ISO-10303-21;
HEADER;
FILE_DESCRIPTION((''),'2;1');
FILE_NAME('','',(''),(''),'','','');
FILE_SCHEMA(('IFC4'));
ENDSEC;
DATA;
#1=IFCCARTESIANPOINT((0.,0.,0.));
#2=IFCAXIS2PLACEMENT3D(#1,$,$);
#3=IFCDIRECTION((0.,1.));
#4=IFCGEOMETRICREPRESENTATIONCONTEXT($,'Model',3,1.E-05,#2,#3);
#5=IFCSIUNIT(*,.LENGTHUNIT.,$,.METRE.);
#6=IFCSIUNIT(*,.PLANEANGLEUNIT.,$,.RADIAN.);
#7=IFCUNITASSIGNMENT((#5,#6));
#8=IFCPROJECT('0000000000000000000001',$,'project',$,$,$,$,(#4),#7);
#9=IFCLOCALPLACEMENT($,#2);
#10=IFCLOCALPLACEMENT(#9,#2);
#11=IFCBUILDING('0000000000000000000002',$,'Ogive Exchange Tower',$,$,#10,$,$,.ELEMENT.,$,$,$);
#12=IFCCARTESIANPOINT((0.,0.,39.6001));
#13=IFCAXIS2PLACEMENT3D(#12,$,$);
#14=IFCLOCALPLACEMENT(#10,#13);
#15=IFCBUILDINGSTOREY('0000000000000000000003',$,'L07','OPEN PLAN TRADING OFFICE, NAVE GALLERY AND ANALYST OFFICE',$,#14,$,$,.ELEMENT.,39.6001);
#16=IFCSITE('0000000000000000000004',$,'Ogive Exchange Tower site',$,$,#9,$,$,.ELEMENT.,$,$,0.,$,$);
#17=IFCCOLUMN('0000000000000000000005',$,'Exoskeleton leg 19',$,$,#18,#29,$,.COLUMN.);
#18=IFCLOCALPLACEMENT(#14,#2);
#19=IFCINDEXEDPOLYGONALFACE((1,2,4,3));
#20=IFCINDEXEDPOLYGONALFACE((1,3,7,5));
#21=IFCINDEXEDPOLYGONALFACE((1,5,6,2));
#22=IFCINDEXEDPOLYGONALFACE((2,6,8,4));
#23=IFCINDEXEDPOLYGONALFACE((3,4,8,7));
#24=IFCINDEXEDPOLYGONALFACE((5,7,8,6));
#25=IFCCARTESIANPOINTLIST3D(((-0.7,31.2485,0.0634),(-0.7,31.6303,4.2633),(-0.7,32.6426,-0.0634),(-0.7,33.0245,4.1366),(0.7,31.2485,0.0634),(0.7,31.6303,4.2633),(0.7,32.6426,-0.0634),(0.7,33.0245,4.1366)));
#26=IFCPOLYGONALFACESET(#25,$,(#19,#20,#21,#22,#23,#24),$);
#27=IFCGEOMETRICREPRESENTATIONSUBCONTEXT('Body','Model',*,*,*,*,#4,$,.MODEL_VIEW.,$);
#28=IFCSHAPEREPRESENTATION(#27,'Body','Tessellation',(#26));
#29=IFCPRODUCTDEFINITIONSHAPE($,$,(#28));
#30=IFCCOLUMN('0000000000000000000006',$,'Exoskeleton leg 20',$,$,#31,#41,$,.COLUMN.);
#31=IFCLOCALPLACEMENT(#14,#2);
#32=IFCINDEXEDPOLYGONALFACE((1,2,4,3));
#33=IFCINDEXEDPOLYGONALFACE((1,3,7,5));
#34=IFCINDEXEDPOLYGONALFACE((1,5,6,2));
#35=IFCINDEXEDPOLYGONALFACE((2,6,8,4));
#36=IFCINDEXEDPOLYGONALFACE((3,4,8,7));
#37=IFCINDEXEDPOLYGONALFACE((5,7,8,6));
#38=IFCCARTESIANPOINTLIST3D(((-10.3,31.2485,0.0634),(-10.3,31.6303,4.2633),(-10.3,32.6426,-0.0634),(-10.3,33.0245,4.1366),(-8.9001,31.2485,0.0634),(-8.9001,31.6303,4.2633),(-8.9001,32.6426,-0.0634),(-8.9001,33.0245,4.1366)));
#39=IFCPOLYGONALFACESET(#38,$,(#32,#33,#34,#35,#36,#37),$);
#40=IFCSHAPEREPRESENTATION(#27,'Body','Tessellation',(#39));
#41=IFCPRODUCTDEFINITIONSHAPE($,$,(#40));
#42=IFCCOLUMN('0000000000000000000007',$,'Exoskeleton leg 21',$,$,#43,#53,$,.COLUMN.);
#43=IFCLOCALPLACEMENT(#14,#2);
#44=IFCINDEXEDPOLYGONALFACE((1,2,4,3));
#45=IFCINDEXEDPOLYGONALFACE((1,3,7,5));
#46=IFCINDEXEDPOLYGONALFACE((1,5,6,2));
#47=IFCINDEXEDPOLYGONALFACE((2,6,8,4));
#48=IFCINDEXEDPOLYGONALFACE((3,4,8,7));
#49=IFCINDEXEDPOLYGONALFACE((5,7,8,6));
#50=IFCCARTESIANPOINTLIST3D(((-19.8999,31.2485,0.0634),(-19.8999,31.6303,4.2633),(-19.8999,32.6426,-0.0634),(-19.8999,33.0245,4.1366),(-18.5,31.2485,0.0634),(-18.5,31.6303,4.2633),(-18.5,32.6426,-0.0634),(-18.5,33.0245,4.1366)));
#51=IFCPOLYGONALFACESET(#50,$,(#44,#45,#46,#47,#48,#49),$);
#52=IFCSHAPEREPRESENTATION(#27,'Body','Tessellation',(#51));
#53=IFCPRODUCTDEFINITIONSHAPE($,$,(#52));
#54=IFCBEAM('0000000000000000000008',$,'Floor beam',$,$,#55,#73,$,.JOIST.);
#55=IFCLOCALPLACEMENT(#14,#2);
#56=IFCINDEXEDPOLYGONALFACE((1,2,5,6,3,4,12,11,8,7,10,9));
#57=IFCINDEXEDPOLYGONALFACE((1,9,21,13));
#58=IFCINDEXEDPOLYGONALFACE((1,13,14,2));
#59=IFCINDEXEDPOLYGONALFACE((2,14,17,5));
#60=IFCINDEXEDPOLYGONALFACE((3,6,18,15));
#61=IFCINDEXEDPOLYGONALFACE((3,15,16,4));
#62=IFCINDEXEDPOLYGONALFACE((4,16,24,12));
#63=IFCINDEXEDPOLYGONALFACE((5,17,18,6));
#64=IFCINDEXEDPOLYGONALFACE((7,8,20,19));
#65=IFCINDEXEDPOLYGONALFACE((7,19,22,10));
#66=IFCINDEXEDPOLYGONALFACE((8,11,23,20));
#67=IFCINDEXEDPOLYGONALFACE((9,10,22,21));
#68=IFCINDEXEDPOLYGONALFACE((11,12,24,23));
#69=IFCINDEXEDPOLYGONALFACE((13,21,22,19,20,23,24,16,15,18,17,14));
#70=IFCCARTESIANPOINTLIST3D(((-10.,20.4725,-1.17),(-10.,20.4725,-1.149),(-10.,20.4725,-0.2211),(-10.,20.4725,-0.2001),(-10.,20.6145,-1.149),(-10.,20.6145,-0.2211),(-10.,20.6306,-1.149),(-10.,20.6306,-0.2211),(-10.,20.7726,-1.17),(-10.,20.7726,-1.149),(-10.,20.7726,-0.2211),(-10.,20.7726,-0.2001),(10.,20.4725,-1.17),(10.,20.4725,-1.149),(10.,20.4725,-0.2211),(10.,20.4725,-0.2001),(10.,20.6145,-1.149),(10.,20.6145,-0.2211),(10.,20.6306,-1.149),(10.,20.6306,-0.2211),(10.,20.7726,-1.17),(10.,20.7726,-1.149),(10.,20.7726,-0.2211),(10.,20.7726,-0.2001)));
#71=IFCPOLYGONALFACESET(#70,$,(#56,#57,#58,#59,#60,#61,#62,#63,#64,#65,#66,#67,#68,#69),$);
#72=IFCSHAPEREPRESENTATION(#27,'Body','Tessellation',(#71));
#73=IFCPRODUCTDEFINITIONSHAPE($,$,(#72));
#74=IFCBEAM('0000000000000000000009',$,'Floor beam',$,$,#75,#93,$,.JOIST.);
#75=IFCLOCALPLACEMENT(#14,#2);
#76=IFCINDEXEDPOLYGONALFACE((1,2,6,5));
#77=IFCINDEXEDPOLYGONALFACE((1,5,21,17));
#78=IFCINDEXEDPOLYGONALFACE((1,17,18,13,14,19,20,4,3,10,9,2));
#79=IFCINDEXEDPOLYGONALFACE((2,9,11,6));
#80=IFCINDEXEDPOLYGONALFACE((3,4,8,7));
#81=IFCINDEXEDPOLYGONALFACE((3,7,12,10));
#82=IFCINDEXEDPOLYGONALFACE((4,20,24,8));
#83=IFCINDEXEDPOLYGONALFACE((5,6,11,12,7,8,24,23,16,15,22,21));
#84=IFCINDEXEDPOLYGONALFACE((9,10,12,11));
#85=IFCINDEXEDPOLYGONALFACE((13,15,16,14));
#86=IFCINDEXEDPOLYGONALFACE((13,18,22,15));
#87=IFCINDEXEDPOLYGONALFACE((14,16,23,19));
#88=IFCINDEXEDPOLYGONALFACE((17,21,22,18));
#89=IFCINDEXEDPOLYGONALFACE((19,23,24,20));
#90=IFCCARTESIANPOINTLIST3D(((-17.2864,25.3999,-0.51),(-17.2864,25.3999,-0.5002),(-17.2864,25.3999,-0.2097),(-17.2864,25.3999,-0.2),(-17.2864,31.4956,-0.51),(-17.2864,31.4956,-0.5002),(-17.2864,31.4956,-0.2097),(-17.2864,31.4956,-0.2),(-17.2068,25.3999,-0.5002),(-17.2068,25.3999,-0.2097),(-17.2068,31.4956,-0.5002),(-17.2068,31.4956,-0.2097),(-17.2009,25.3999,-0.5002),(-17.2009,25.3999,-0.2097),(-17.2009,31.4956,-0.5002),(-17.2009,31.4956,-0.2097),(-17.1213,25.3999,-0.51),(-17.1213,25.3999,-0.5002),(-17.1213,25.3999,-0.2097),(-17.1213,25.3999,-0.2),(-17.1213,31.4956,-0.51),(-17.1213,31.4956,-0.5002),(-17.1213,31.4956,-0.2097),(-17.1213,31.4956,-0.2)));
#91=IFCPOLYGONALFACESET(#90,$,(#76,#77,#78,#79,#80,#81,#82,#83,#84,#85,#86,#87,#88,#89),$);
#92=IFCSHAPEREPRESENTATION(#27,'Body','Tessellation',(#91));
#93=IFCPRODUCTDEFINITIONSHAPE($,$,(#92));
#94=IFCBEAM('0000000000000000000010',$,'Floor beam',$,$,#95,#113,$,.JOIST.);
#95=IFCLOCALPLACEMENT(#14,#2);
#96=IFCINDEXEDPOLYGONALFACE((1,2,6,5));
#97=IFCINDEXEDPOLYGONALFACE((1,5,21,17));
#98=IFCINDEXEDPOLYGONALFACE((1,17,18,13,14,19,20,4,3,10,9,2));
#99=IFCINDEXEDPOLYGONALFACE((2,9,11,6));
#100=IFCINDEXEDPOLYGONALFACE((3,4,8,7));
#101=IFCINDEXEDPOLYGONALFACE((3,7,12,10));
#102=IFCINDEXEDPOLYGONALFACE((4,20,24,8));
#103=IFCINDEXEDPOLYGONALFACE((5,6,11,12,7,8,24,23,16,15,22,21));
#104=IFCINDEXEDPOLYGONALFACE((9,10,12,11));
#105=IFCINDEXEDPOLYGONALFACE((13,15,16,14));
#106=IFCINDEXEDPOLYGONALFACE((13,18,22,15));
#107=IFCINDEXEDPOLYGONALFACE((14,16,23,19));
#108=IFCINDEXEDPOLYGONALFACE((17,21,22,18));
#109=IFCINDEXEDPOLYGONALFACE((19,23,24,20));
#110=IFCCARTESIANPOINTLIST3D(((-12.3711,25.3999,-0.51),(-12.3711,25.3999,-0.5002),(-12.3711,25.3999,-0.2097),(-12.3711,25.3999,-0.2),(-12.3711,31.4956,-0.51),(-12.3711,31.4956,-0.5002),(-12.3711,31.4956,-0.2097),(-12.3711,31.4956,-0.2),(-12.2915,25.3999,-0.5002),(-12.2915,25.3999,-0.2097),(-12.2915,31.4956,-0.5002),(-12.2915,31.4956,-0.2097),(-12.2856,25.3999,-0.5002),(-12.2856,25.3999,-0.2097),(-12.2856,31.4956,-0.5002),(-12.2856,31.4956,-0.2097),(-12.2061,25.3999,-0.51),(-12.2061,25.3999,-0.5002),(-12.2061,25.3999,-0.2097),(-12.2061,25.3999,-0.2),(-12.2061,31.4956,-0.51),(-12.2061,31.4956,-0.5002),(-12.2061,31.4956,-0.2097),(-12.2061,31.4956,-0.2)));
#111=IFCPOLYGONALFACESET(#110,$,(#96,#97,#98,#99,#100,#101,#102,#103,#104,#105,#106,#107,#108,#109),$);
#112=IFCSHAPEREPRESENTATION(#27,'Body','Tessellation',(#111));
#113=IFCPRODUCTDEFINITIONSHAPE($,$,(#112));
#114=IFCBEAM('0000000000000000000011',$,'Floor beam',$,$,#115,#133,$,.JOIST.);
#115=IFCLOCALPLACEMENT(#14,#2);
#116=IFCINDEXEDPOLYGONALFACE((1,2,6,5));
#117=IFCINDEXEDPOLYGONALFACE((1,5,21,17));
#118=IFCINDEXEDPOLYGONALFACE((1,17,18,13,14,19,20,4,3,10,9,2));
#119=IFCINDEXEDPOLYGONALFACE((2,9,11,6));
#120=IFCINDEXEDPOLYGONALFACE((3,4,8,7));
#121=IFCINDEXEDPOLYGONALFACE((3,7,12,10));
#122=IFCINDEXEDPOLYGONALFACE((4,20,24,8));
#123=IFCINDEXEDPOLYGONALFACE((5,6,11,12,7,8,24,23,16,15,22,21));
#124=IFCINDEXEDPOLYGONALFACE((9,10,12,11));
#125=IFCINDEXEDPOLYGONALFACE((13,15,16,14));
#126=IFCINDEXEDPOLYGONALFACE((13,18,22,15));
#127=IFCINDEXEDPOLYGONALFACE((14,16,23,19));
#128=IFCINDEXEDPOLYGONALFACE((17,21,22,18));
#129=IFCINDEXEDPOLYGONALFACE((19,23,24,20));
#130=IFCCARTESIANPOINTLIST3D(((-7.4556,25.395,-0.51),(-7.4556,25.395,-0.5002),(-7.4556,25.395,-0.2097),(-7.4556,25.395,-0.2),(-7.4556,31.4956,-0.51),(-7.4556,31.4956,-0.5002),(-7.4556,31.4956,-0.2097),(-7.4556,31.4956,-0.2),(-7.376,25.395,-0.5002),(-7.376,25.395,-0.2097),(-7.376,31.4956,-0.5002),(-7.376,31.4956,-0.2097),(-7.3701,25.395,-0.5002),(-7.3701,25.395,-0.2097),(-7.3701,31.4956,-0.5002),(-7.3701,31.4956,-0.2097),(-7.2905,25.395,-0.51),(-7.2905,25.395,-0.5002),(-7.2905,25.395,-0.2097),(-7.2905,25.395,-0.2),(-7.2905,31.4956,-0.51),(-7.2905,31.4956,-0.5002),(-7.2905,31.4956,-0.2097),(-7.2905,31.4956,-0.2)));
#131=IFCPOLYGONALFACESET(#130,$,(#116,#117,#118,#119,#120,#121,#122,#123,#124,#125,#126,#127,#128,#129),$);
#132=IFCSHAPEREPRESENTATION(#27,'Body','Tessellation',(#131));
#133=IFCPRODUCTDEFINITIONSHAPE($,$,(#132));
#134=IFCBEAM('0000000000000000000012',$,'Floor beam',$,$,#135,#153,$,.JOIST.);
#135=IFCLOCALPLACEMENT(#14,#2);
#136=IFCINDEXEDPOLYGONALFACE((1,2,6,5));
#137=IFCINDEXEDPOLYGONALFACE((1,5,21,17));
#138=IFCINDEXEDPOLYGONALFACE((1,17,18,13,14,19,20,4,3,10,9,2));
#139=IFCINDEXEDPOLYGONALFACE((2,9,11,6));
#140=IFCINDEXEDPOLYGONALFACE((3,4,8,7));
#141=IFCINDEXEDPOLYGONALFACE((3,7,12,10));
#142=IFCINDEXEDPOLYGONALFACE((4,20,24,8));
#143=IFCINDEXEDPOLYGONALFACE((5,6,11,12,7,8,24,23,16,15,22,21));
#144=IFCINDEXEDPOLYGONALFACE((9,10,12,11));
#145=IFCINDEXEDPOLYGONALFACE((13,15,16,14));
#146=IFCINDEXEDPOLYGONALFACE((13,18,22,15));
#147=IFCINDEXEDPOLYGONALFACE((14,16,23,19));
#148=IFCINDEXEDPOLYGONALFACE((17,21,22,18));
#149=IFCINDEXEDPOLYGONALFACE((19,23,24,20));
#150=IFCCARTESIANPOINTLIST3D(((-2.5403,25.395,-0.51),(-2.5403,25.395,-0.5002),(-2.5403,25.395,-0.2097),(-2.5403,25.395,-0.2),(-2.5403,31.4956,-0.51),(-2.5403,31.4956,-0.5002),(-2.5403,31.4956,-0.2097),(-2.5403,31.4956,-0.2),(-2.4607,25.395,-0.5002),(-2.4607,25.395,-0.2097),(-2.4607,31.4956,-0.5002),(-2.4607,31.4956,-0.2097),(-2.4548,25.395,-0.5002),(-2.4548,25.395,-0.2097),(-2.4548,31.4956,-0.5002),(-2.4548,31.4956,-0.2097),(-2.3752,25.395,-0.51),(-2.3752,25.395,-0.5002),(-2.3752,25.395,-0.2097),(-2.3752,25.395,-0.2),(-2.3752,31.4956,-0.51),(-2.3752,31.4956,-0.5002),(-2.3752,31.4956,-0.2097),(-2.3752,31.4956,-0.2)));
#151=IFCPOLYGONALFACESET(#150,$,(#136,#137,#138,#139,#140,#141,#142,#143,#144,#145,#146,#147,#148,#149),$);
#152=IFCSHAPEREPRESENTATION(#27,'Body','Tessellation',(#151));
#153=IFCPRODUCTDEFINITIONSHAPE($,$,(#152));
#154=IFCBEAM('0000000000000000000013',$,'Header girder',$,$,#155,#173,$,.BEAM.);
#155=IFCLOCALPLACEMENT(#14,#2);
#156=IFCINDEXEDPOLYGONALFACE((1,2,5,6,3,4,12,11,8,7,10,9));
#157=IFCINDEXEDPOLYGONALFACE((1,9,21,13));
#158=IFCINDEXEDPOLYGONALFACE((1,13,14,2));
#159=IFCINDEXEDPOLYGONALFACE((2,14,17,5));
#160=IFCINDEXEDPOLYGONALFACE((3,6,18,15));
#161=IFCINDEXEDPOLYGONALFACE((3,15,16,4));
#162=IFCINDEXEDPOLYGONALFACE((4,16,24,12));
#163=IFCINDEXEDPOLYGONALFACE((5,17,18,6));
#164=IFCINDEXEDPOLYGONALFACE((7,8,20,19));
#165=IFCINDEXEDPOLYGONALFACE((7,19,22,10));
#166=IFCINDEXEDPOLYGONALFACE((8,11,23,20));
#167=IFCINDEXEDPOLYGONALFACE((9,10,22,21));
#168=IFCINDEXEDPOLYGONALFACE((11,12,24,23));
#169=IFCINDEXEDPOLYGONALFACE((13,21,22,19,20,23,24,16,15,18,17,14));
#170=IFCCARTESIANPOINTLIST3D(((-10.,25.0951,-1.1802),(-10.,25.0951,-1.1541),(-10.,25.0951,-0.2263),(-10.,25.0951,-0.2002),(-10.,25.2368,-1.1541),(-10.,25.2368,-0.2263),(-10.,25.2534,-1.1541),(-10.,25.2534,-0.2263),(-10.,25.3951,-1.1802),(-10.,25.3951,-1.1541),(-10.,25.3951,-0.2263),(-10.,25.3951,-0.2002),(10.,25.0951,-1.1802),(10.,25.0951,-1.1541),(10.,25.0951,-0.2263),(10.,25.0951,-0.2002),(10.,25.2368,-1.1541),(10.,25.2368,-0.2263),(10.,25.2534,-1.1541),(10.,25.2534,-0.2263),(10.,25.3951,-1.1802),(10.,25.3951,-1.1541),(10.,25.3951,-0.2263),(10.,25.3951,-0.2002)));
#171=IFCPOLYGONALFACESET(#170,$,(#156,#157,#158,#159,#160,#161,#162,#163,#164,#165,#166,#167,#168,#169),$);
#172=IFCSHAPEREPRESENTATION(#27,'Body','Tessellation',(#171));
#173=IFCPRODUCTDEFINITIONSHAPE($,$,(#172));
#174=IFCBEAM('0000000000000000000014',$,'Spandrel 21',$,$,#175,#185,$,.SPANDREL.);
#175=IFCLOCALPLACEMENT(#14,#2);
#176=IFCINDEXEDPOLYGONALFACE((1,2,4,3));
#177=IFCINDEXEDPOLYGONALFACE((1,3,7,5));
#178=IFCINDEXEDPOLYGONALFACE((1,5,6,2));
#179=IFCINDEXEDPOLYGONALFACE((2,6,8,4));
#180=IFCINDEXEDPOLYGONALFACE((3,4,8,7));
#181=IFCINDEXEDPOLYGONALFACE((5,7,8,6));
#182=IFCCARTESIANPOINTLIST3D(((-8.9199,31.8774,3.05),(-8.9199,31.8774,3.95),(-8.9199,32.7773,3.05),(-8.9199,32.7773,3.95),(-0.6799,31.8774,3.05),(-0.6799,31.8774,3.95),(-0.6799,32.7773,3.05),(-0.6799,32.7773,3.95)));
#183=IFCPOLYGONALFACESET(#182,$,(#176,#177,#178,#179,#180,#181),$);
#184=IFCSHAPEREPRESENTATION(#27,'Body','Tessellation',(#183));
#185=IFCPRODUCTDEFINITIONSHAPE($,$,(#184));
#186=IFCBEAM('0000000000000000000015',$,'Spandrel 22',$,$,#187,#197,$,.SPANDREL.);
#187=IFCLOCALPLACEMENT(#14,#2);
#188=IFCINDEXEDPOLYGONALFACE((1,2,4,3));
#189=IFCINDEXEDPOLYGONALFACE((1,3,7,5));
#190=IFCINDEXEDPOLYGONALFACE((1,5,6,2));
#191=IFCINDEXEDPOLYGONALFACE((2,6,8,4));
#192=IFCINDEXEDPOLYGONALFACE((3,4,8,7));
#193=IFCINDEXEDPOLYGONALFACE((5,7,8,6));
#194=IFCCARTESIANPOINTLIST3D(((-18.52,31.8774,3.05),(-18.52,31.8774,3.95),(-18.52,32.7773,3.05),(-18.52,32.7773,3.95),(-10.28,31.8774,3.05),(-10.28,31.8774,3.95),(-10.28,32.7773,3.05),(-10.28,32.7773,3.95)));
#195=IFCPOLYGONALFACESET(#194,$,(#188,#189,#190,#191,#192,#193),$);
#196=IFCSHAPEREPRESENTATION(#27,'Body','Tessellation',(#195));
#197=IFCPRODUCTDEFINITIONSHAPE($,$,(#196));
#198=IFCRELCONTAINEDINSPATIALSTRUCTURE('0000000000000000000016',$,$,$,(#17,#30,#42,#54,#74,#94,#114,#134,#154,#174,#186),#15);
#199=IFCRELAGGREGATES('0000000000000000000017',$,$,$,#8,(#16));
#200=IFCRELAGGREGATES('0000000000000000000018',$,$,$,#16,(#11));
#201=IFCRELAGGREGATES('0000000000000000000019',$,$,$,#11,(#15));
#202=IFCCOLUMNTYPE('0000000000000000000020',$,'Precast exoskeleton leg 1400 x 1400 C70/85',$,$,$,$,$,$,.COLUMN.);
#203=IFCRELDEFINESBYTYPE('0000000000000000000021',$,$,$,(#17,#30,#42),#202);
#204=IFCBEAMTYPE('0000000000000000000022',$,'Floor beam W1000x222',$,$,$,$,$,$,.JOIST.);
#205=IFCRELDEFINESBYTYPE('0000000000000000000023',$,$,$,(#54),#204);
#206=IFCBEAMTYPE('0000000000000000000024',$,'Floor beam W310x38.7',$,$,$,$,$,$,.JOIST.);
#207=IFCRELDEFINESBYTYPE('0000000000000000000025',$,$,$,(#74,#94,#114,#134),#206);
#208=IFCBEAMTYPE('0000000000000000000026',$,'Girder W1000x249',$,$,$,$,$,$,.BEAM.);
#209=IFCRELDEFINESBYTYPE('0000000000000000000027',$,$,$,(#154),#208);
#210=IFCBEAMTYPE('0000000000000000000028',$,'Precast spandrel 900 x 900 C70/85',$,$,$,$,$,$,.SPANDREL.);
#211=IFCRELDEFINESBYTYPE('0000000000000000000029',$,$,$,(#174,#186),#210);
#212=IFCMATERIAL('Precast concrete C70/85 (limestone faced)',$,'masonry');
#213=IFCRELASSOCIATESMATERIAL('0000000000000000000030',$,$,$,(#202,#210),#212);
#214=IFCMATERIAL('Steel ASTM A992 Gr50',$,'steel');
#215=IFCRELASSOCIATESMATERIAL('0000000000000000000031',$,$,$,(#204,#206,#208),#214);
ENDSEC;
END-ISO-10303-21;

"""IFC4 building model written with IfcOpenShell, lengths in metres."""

from ifc_helpers import new_model, si_unit, direction, frame, origin, origin_2d, place, context, subcontext, project, spatial, rectangle, i_section, extrude, material, material_profile, profile_set, type_object, element, save


model = new_model("IFC4")

# Units and contexts
model_context = context("Model", 3, precision=1e-05, world=origin(), true_north=direction((0.0, 1.0)))
body_context = subcontext(model_context, "Body", "Model", "MODEL_VIEW")
ifc_project = project(units=[si_unit("LENGTHUNIT", "METRE"), si_unit("PLANEANGLEUNIT", "RADIAN")], contexts=[model_context])

# Site, building, storey
site_placement = place(None, origin())
site = spatial("IfcSite", under=ifc_project, at=site_placement, Name="Ogive Exchange Tower site", CompositionType="ELEMENT", RefElevation=0.0)
building_placement = place(site_placement, origin())
building = spatial("IfcBuilding", under=site, at=building_placement, Name="Ogive Exchange Tower", CompositionType="ELEMENT")
storey_placement = place(building_placement, frame((0.0, 0.0, 39.6001)))
storey = spatial("IfcBuildingStorey", under=building, at=storey_placement, Name="L07", Description="OPEN PLAN TRADING OFFICE, NAVE GALLERY AND ANALYST OFFICE", CompositionType="ELEMENT", Elevation=39.6001)

# Columns
ifc_material_1 = material(Name="Precast concrete C70/85 (limestone faced)", Category="masonry")
ifc_material_profile_1 = material_profile(ifc_material_1, rectangle(XDim=1.3999, YDim=1.3999, at=origin_2d()), Name="1400 x 1400")
ifc_profile_set_1 = profile_set([ifc_material_profile_1], Name="Precast concrete C70/85 (limestone faced)")
column_type = type_object("IfcColumnType", Name="Precast exoskeleton leg 1400 x 1400 C70/85", PredefinedType="COLUMN", material=ifc_profile_set_1)
for number, where, z_axis, x_axis, name in (
    (1, (0.0, 31.9456, 0.0), (0.0, 0.090541, 0.995893), (-1.0, 0.0, 0.0), "Exoskeleton leg 19"),
    (2, (-9.6001, 31.9456, 0.0), (0.0, 0.090541, 0.995893), (-1.0, 0.0, 0.0), "Exoskeleton leg 20"),
    (3, (-19.2, 31.9456, 0.0), (0.0, 0.090541, 0.995893), (-1.0, 0.0, 0.0), "Exoskeleton leg 21"),
):
    element("IfcColumn", number, at=place(storey_placement, frame(where, z_axis=z_axis, x_axis=x_axis)), inside=storey, type_object=column_type, Name=name, PredefinedType="COLUMN", context=body_context, shape_type="SweptSolid", body=[
        extrude(rectangle(XDim=1.3999, YDim=1.3999, at=origin_2d()), origin(), (0.0, 0.0, 1.0), 4.2173),
    ])

# Beams
ifc_material_2 = material(Name="Steel ASTM A992 Gr50", Category="steel")
ifc_material_profile_2 = material_profile(ifc_material_2, i_section(OverallWidth=0.3, OverallDepth=0.97, WebThickness=0.0161, FlangeThickness=0.021, at=origin_2d()), Name="W1000x222")
ifc_profile_set_2 = profile_set([ifc_material_profile_2], Name="Steel ASTM A992 Gr50")
beam_type_1 = type_object("IfcBeamType", Name="Floor beam W1000x222", PredefinedType="JOIST", material=ifc_profile_set_2)
beam_1_placement = place(storey_placement, frame((-10.0, 20.6226, -0.6851), z_axis=(1.0, 0.0, 0.0), x_axis=(0.0, 1.0, 0.0)))
element("IfcBeam", 4, at=beam_1_placement, inside=storey, type_object=beam_type_1, Name="Floor beam", PredefinedType="JOIST", context=body_context, shape_type="SweptSolid", body=[
    extrude(i_section(OverallWidth=0.3, OverallDepth=0.97, WebThickness=0.0161, FlangeThickness=0.021, at=origin_2d()), origin(), (0.0, 0.0, 1.0), 20.0),
])
ifc_material_profile_3 = material_profile(ifc_material_2, i_section(OverallWidth=0.165, OverallDepth=0.3101, WebThickness=0.0059, FlangeThickness=0.0098, at=origin_2d()), Name="W310x38.7")
ifc_profile_set_3 = profile_set([ifc_material_profile_3], Name="Steel ASTM A992 Gr50")
beam_type_2 = type_object("IfcBeamType", Name="Floor beam W310x38.7", PredefinedType="JOIST", material=ifc_profile_set_3)
for number, where, z_axis, x_axis, name in (
    (5, (-17.2039, 25.3999, -0.355), (0.0, 1.0, 0.0), (-1.0, 0.0, 0.0), "Floor beam"),
    (6, (-12.2886, 25.3999, -0.355), (0.0, 1.0, 0.0), (-1.0, 0.0, 0.0), "Floor beam"),
):
    element("IfcBeam", number, at=place(storey_placement, frame(where, z_axis=z_axis, x_axis=x_axis)), inside=storey, type_object=beam_type_2, Name=name, PredefinedType="JOIST", context=body_context, shape_type="SweptSolid", body=[
        extrude(i_section(OverallWidth=0.165, OverallDepth=0.3101, WebThickness=0.0059, FlangeThickness=0.0098, at=origin_2d()), origin(), (0.0, 0.0, 1.0), 6.0957),
    ])
for number, where, z_axis, x_axis, name in (
    (7, (-7.373, 25.395, -0.355), (0.0, 1.0, 0.0), (-1.0, 0.0, 0.0), "Floor beam"),
    (8, (-2.4578, 25.395, -0.355), (0.0, 1.0, 0.0), (-1.0, 0.0, 0.0), "Floor beam"),
):
    element("IfcBeam", number, at=place(storey_placement, frame(where, z_axis=z_axis, x_axis=x_axis)), inside=storey, type_object=beam_type_2, Name=name, PredefinedType="JOIST", context=body_context, shape_type="SweptSolid", body=[
        extrude(i_section(OverallWidth=0.165, OverallDepth=0.3101, WebThickness=0.0059, FlangeThickness=0.0098, at=origin_2d()), origin(), (0.0, 0.0, 1.0), 6.1006),
    ])
ifc_material_profile_4 = material_profile(ifc_material_2, i_section(OverallWidth=0.3, OverallDepth=0.98, WebThickness=0.0166, FlangeThickness=0.0261, at=origin_2d()), Name="W1000x249")
ifc_profile_set_4 = profile_set([ifc_material_profile_4], Name="Steel ASTM A992 Gr50")
beam_type_3 = type_object("IfcBeamType", Name="Girder W1000x249", PredefinedType="BEAM", material=ifc_profile_set_4)
beam_2_placement = place(storey_placement, frame((-10.0, 25.2451, -0.6902), z_axis=(1.0, 0.0, 0.0), x_axis=(0.0, 1.0, 0.0)))
element("IfcBeam", 9, at=beam_2_placement, inside=storey, type_object=beam_type_3, Name="Header girder", PredefinedType="BEAM", context=body_context, shape_type="SweptSolid", body=[
    extrude(i_section(OverallWidth=0.3, OverallDepth=0.98, WebThickness=0.0166, FlangeThickness=0.0261, at=origin_2d()), origin(), (0.0, 0.0, 1.0), 20.0),
])
ifc_material_profile_5 = material_profile(ifc_material_1, rectangle(XDim=0.8999, YDim=0.8999, at=origin_2d()), Name="900 x 900")
ifc_profile_set_5 = profile_set([ifc_material_profile_5], Name="Precast concrete C70/85 (limestone faced)")
beam_type_4 = type_object("IfcBeamType", Name="Precast spandrel 900 x 900 C70/85", PredefinedType="SPANDREL", material=ifc_profile_set_5)
for number, where, z_axis, x_axis, name in (
    (10, (-0.6799, 32.3274, 3.5), (-1.0, 0.0, 0.0), (0.0, -1.0, 0.0), "Spandrel 21"),
    (11, (-10.28, 32.3274, 3.5), (-1.0, 0.0, 0.0), (0.0, -1.0, 0.0), "Spandrel 22"),
):
    element("IfcBeam", number, at=place(storey_placement, frame(where, z_axis=z_axis, x_axis=x_axis)), inside=storey, type_object=beam_type_4, Name=name, PredefinedType="SPANDREL", context=body_context, shape_type="SweptSolid", body=[
        extrude(rectangle(XDim=0.8999, YDim=0.8999, at=origin_2d()), origin(), (0.0, 0.0, 1.0), 8.24),
    ])

save(model, "model.ifc")
